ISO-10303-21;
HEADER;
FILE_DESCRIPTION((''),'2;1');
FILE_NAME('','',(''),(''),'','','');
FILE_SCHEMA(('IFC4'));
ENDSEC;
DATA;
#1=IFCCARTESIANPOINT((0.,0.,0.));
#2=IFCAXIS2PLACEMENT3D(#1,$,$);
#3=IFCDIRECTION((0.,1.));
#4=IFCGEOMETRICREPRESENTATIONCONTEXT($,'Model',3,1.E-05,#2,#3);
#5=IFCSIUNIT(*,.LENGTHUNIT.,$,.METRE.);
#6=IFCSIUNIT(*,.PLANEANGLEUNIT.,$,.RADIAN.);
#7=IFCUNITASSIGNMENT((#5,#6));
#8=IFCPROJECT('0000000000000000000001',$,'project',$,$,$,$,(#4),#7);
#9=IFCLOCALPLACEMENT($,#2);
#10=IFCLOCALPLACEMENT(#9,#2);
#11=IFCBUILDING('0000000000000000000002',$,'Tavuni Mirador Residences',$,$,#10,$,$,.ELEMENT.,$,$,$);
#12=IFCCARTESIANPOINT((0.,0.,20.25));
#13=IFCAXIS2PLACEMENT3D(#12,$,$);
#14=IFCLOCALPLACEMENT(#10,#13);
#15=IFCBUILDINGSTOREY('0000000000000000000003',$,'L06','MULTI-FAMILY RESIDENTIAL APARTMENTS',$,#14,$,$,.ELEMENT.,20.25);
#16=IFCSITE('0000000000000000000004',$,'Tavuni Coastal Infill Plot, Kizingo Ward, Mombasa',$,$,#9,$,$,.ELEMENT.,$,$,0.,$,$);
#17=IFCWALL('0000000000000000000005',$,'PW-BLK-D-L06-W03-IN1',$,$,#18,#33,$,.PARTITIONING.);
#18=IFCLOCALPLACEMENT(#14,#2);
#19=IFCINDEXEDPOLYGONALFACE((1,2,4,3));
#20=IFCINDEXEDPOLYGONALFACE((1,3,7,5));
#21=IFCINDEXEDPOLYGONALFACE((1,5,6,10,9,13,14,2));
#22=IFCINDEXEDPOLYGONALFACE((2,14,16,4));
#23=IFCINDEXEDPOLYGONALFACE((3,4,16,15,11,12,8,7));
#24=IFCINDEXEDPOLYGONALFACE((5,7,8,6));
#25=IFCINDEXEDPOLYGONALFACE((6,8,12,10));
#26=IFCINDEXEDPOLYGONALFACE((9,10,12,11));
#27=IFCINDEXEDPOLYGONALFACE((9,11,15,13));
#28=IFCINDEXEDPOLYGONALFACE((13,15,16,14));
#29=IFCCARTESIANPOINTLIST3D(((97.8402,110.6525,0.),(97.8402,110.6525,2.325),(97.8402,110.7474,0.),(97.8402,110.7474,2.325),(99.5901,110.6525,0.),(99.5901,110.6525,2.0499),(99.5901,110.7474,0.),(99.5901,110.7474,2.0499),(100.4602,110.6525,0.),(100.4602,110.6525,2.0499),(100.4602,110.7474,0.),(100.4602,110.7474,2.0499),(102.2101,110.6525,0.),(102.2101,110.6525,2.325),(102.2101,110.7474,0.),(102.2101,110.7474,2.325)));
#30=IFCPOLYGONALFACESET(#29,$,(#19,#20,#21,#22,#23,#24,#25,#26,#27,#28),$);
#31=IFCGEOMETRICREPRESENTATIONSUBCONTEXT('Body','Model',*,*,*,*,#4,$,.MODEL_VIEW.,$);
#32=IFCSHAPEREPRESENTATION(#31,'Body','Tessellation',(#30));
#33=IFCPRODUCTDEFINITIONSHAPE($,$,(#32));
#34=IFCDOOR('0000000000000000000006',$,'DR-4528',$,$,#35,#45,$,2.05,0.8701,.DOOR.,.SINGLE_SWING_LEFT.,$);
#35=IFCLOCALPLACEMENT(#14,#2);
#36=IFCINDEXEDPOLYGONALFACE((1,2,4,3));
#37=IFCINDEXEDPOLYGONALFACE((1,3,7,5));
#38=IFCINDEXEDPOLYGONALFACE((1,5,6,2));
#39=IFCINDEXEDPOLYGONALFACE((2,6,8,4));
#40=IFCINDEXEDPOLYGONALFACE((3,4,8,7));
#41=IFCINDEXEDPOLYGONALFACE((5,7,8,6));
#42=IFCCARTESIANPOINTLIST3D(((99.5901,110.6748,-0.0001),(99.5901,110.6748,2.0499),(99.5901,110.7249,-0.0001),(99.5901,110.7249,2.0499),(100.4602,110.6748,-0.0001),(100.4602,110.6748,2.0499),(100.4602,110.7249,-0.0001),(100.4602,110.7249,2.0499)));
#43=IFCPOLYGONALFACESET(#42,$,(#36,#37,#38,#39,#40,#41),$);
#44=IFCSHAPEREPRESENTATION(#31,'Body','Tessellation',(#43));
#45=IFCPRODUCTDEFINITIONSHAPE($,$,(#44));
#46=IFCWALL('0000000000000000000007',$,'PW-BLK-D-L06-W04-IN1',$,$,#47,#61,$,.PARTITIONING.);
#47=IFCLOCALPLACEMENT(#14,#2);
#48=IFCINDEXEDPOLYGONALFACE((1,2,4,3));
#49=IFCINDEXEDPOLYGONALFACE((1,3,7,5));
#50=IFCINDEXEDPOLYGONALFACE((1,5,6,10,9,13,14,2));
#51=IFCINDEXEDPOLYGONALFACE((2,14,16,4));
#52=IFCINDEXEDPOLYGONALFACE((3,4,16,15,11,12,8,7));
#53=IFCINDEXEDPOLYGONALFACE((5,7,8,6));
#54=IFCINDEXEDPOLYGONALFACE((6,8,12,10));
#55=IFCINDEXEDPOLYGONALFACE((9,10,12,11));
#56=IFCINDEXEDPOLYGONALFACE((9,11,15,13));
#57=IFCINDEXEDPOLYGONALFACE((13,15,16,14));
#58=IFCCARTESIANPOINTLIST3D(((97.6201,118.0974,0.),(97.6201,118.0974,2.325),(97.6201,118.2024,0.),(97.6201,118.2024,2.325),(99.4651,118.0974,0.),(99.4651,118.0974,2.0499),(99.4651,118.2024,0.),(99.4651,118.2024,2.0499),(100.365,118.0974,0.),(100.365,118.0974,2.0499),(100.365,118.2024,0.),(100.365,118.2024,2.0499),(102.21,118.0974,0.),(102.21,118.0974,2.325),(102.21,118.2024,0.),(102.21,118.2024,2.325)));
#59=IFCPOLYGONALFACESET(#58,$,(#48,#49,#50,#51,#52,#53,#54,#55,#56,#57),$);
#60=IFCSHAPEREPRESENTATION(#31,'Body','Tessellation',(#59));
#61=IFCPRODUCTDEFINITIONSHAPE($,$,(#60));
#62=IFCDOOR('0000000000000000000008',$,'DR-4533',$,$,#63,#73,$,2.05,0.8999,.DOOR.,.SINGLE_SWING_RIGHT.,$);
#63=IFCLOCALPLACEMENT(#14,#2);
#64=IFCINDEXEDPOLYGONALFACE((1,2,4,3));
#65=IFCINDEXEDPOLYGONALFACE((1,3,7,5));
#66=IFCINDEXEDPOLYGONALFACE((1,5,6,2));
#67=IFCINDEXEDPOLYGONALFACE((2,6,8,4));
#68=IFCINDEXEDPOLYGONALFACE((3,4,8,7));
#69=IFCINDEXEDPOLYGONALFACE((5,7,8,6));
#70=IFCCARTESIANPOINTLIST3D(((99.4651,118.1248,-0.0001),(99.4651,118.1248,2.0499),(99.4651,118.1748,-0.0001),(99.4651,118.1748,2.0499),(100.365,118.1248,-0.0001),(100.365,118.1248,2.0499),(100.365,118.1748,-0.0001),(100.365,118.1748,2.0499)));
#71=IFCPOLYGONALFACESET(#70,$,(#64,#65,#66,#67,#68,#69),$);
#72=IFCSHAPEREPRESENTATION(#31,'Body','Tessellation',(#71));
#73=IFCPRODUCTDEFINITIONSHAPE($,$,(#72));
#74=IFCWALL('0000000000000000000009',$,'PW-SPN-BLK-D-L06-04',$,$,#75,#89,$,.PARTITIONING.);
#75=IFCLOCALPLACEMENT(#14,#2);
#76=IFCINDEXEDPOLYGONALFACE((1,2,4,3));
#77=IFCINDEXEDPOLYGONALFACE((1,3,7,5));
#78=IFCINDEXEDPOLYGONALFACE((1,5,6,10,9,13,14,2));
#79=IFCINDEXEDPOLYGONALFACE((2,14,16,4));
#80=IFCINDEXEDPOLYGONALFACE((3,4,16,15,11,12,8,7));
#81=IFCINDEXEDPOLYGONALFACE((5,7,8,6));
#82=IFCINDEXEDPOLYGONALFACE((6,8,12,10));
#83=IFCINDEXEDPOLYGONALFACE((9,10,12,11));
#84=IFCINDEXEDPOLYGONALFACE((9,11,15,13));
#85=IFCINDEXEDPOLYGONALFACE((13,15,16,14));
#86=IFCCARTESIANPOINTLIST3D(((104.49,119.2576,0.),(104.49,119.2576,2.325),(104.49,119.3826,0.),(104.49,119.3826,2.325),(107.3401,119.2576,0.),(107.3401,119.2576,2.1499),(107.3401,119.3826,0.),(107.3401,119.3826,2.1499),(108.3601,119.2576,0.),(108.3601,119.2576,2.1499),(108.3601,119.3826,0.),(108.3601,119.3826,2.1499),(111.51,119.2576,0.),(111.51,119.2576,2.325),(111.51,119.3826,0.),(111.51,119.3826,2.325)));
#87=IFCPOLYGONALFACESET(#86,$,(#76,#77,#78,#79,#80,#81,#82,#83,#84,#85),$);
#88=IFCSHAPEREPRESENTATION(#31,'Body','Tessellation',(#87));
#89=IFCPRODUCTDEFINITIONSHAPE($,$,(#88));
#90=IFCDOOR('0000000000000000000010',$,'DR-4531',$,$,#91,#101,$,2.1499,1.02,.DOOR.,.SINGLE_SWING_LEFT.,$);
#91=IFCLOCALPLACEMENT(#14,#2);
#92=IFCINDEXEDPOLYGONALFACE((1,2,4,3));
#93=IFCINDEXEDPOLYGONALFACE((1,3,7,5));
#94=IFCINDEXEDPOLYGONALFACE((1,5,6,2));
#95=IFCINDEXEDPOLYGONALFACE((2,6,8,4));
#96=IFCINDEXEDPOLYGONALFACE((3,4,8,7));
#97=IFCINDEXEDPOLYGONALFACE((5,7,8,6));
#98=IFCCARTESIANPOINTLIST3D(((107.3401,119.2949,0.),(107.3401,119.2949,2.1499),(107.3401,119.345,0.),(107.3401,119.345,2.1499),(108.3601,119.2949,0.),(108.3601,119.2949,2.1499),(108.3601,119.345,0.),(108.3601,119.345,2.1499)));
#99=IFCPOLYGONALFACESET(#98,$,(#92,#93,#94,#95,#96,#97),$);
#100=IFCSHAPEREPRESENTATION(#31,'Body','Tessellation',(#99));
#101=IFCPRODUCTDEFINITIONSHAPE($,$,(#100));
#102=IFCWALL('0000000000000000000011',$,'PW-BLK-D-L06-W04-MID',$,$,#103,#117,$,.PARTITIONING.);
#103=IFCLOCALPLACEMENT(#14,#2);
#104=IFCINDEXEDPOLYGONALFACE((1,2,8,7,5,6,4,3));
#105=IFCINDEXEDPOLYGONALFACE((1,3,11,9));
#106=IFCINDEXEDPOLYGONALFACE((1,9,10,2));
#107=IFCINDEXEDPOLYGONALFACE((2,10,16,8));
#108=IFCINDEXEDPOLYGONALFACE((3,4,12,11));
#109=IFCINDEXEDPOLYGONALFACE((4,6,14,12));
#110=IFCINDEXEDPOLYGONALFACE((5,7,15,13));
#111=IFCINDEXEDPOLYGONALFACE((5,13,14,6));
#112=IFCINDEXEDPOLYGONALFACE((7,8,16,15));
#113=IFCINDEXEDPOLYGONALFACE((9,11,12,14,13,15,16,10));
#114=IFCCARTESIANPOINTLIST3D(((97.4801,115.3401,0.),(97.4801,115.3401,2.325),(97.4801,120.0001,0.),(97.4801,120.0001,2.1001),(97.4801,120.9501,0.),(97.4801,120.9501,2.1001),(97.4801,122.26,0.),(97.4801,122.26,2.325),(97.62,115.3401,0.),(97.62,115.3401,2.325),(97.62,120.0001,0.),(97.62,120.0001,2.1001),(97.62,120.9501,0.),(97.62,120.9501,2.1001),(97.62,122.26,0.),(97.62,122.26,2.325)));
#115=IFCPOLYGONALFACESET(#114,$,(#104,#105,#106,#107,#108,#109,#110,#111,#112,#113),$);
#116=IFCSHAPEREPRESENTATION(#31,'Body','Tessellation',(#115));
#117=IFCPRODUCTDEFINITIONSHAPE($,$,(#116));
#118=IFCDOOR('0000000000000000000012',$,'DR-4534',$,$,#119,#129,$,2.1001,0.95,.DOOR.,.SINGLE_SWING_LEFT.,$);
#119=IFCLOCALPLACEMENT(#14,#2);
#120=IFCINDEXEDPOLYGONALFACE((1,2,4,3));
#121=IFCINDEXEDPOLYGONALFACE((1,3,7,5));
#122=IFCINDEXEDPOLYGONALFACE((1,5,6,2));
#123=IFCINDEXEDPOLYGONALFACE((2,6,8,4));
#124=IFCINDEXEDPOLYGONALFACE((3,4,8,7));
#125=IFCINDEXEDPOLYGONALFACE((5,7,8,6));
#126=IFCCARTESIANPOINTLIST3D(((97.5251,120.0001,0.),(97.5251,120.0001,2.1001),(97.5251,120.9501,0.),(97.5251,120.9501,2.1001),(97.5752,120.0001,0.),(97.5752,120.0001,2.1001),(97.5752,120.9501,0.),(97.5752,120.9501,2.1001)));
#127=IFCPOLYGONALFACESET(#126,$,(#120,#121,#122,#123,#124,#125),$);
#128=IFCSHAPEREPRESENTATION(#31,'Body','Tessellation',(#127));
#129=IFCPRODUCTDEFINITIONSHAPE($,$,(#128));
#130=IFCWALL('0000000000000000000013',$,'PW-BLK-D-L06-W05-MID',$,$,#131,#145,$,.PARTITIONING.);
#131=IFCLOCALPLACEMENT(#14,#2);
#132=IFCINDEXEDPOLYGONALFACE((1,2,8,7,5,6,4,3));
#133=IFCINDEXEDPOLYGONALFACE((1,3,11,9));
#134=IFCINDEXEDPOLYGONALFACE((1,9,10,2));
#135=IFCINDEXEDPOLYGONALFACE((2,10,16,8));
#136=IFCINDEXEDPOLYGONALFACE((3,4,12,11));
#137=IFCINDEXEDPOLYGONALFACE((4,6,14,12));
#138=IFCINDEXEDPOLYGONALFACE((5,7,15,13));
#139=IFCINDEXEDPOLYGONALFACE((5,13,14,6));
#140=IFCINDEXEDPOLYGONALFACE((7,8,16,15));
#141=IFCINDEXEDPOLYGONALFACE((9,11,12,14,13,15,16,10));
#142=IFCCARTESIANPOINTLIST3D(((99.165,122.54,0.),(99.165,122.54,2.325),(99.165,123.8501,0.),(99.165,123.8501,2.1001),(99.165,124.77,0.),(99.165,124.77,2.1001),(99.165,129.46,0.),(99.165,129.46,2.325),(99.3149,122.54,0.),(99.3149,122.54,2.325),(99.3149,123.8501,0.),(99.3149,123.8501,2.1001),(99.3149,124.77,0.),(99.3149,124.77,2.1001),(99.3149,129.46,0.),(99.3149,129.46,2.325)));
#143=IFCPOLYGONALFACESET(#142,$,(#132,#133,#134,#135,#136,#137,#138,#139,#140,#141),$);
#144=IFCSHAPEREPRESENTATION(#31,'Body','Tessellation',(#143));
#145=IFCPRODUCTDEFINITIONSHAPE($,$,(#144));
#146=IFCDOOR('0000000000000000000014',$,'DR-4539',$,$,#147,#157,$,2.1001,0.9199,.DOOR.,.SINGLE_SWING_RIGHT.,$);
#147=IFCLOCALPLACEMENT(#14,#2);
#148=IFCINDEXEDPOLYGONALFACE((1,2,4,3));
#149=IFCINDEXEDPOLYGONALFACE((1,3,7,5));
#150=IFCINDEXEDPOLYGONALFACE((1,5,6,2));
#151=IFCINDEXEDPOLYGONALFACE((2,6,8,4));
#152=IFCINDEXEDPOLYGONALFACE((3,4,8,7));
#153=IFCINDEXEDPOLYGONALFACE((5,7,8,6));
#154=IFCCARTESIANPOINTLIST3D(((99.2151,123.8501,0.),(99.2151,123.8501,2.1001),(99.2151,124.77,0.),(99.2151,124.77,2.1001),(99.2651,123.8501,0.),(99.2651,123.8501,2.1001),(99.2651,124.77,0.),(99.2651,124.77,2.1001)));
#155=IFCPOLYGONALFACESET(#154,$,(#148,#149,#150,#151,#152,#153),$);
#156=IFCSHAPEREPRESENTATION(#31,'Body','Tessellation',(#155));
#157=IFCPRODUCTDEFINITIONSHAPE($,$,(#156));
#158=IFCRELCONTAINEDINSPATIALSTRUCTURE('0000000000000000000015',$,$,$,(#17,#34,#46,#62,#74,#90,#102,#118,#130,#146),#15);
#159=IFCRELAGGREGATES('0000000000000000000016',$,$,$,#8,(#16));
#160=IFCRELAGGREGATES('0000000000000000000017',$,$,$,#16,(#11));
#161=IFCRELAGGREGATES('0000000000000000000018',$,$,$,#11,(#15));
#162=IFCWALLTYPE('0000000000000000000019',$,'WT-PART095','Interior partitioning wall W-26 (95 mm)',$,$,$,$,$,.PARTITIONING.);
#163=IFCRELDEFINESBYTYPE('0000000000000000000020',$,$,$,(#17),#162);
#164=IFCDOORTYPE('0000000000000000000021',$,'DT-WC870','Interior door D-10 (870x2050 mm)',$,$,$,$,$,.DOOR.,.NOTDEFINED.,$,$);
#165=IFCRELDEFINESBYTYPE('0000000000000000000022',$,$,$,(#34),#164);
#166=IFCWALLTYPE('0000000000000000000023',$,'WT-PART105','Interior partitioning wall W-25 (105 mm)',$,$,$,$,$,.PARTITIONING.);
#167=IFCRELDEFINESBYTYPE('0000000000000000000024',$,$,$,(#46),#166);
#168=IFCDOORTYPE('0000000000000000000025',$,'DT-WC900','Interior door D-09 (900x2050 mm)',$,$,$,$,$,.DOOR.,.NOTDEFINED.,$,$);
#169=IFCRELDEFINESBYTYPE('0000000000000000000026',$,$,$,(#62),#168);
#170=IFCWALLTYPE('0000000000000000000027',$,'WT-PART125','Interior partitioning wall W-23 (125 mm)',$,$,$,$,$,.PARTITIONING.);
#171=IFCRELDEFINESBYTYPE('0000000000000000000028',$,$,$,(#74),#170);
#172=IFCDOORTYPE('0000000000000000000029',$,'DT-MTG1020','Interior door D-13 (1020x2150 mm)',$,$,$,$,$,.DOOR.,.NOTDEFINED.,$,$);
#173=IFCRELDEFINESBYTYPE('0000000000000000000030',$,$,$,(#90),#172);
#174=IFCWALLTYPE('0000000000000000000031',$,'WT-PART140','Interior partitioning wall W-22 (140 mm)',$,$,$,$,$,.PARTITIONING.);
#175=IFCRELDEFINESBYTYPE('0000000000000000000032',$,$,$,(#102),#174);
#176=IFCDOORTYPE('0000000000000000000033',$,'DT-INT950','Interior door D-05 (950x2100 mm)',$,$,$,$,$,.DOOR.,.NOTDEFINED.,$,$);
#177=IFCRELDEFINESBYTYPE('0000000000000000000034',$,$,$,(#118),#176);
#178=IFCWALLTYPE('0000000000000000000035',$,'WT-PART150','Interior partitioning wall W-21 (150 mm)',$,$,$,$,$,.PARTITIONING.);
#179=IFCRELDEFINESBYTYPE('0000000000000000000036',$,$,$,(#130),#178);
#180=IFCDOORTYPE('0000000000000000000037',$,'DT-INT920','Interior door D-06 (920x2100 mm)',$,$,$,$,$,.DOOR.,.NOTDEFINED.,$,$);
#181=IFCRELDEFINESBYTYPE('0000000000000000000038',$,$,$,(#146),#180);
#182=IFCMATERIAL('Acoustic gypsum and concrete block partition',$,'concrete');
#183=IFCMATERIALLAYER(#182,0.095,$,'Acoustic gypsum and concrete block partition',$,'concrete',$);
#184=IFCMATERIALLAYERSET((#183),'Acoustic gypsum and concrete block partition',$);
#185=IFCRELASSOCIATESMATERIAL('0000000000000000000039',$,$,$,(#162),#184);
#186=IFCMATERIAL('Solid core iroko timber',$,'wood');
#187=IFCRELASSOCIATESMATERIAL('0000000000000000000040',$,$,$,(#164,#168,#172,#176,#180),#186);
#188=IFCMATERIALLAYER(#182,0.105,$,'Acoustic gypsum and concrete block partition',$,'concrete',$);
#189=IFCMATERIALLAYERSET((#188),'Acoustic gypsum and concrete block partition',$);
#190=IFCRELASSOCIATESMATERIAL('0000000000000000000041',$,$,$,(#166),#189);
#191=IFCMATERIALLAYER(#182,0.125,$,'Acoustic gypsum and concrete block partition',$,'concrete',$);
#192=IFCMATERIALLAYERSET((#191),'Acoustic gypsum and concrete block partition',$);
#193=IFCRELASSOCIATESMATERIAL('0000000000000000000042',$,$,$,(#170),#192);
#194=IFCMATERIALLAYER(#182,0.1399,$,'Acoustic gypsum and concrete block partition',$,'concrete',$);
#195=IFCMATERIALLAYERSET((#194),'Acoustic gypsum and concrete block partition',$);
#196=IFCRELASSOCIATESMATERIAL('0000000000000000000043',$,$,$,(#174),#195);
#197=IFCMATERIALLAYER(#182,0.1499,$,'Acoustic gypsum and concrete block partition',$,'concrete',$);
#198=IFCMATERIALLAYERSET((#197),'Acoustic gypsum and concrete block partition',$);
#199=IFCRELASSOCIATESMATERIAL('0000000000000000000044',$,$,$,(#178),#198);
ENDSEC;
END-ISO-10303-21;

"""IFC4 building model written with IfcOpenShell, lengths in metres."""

from ifc_helpers import new_model, si_unit, direction, frame, frame_2d, origin, place, context, subcontext, project, spatial, rectangle, extrude, material, layer, layer_set, type_object, element, fill, save


model = new_model("IFC4")

# Units and contexts
model_context = context("Model", 3, precision=1e-05, world=origin(), true_north=direction((0.0, 1.0)))
body_context = subcontext(model_context, "Body", "Model", "MODEL_VIEW")
ifc_project = project(units=[si_unit("LENGTHUNIT", "METRE"), si_unit("PLANEANGLEUNIT", "RADIAN")], contexts=[model_context])

# Site, building, storey
site_placement = place(None, origin())
site = spatial("IfcSite", under=ifc_project, at=site_placement, Name="Tavuni Coastal Infill Plot, Kizingo Ward, Mombasa", CompositionType="ELEMENT", RefElevation=0.0)
building_placement = place(site_placement, origin())
building = spatial("IfcBuilding", under=site, at=building_placement, Name="Tavuni Mirador Residences", CompositionType="ELEMENT")
storey_placement = place(building_placement, frame((0.0, 0.0, 20.25)))
storey = spatial("IfcBuildingStorey", under=building, at=storey_placement, Name="L06", Description="MULTI-FAMILY RESIDENTIAL APARTMENTS", CompositionType="ELEMENT", Elevation=20.25)

# Walls, openings, doors
ifc_material_1 = material(Name="Solid core iroko timber", Category="wood")
ifc_material_2 = material(Name="Acoustic gypsum and concrete block partition", Category="concrete")
ifc_layer_1 = layer(ifc_material_2, 0.095, Name="Acoustic gypsum and concrete block partition", Category="concrete")
ifc_layer_set_1 = layer_set([ifc_layer_1], Name="Acoustic gypsum and concrete block partition")
wall_type_1 = type_object("IfcWallType", Name="WT-PART095", Description="Interior partitioning wall W-26 (95 mm)", PredefinedType="PARTITIONING", material=ifc_layer_set_1)
wall_1_placement = place(storey_placement, frame((97.8401, 110.7, 0.0), z_axis=(0.0, 0.0, 1.0), x_axis=(1.0, 0.0, 0.0)))
wall_1 = element("IfcWall", 1, at=wall_1_placement, inside=storey, type_object=wall_type_1, Name="PW-BLK-D-L06-W03-IN1", PredefinedType="PARTITIONING", context=body_context, shape_type="SweptSolid", body=[
    extrude(rectangle(XDim=4.3699, YDim=0.095, at=frame_2d((2.1851, 0.0))), origin(), (0.0, 0.0, 1.0), 2.325),
])
opening_1_placement = place(wall_1_placement, frame((1.75, 0.0, 0.0)))
opening_1 = element("IfcOpeningElement", 2, at=opening_1_placement, cuts=wall_1, PredefinedType="OPENING", context=body_context, shape_type="SweptSolid", body=[
    extrude(rectangle(XDim=0.8701, YDim=2.05, at=frame_2d((0.4351, 1.0249))), frame((0.0, 0.0576, 0.0), z_axis=(0.0, -1.0, 0.0), x_axis=(1.0, 0.0, 0.0)), (0.0, 0.0, 1.0), 0.115),
])
door_type_1 = type_object("IfcDoorType", Name="DT-WC870", Description="Interior door D-10 (870x2050 mm)", OperationType="NOTDEFINED", PredefinedType="DOOR", material=ifc_material_1)
door_1_placement = place(opening_1_placement, origin())
door_1 = element("IfcDoor", 3, at=door_1_placement, inside=storey, type_object=door_type_1, Name="DR-4528", OperationType="SINGLE_SWING_LEFT", OverallHeight=2.05, OverallWidth=0.8701, PredefinedType="DOOR", context=body_context, shape_type="SweptSolid", body=[
    extrude(rectangle(XDim=0.8701, YDim=2.05, at=frame_2d((0.4351, 1.0249))), frame((0.0, 0.0249, 0.0), z_axis=(0.0, -1.0, 0.0), x_axis=(1.0, 0.0, 0.0)), (0.0, 0.0, 1.0), 0.05),
])
fill(opening_1, door_1)
ifc_layer_2 = layer(ifc_material_2, 0.105, Name="Acoustic gypsum and concrete block partition", Category="concrete")
ifc_layer_set_2 = layer_set([ifc_layer_2], Name="Acoustic gypsum and concrete block partition")
wall_type_2 = type_object("IfcWallType", Name="WT-PART105", Description="Interior partitioning wall W-25 (105 mm)", PredefinedType="PARTITIONING", material=ifc_layer_set_2)
wall_2_placement = place(storey_placement, frame((97.6201, 118.1499, 0.0), z_axis=(0.0, 0.0, 1.0), x_axis=(1.0, 0.0, 0.0)))
wall_2 = element("IfcWall", 4, at=wall_2_placement, inside=storey, type_object=wall_type_2, Name="PW-BLK-D-L06-W04-IN1", PredefinedType="PARTITIONING", context=body_context, shape_type="SweptSolid", body=[
    extrude(rectangle(XDim=4.5898, YDim=0.105, at=frame_2d((2.2949, 0.0))), origin(), (0.0, 0.0, 1.0), 2.325),
])
opening_2_placement = place(wall_2_placement, frame((1.845, 0.0, 0.0)))
opening_2 = element("IfcOpeningElement", 5, at=opening_2_placement, cuts=wall_2, PredefinedType="OPENING", context=body_context, shape_type="SweptSolid", body=[
    extrude(rectangle(XDim=0.8999, YDim=2.05, at=frame_2d((0.45, 1.0249))), frame((0.0, 0.0625, 0.0), z_axis=(0.0, -1.0, 0.0), x_axis=(1.0, 0.0, 0.0)), (0.0, 0.0, 1.0), 0.125),
])
door_type_2 = type_object("IfcDoorType", Name="DT-WC900", Description="Interior door D-09 (900x2050 mm)", OperationType="NOTDEFINED", PredefinedType="DOOR", material=ifc_material_1)
door_2_placement = place(opening_2_placement, origin())
door_2 = element("IfcDoor", 6, at=door_2_placement, inside=storey, type_object=door_type_2, Name="DR-4533", OperationType="SINGLE_SWING_RIGHT", OverallHeight=2.05, OverallWidth=0.8999, PredefinedType="DOOR", context=body_context, shape_type="SweptSolid", body=[
    extrude(rectangle(XDim=0.8999, YDim=2.05, at=frame_2d((0.45, 1.0249))), frame((0.0, 0.0249, 0.0), z_axis=(0.0, -1.0, 0.0), x_axis=(1.0, 0.0, 0.0)), (0.0, 0.0, 1.0), 0.05),
])
fill(opening_2, door_2)
ifc_layer_3 = layer(ifc_material_2, 0.125, Name="Acoustic gypsum and concrete block partition", Category="concrete")
ifc_layer_set_3 = layer_set([ifc_layer_3], Name="Acoustic gypsum and concrete block partition")
wall_type_3 = type_object("IfcWallType", Name="WT-PART125", Description="Interior partitioning wall W-23 (125 mm)", PredefinedType="PARTITIONING", material=ifc_layer_set_3)
wall_3_placement = place(storey_placement, frame((104.49, 119.3201, 0.0), z_axis=(0.0, 0.0, 1.0), x_axis=(1.0, 0.0, 0.0)))
wall_3 = element("IfcWall", 7, at=wall_3_placement, inside=storey, type_object=wall_type_3, Name="PW-SPN-BLK-D-L06-04", PredefinedType="PARTITIONING", context=body_context, shape_type="SweptSolid", body=[
    extrude(rectangle(XDim=7.02, YDim=0.125, at=frame_2d((3.51, 0.0))), origin(), (0.0, 0.0, 1.0), 2.325),
])
opening_3_placement = place(wall_3_placement, frame((2.8501, 0.0, 0.0)))
opening_3 = element("IfcOpeningElement", 8, at=opening_3_placement, cuts=wall_3, PredefinedType="OPENING", context=body_context, shape_type="SweptSolid", body=[
    extrude(rectangle(XDim=1.02, YDim=2.1499, at=frame_2d((0.51, 1.075))), frame((0.0, 0.0725, 0.0), z_axis=(0.0, -1.0, 0.0), x_axis=(1.0, 0.0, 0.0)), (0.0, 0.0, 1.0), 0.145),
])
door_type_3 = type_object("IfcDoorType", Name="DT-MTG1020", Description="Interior door D-13 (1020x2150 mm)", OperationType="NOTDEFINED", PredefinedType="DOOR", material=ifc_material_1)
door_3_placement = place(opening_3_placement, origin())
door_3 = element("IfcDoor", 9, at=door_3_placement, inside=storey, type_object=door_type_3, Name="DR-4531", OperationType="SINGLE_SWING_LEFT", OverallHeight=2.1499, OverallWidth=1.02, PredefinedType="DOOR", context=body_context, shape_type="SweptSolid", body=[
    extrude(rectangle(XDim=1.02, YDim=2.1499, at=frame_2d((0.51, 1.075))), frame((0.0, 0.0249, 0.0), z_axis=(0.0, -1.0, 0.0), x_axis=(1.0, 0.0, 0.0)), (0.0, 0.0, 1.0), 0.05),
])
fill(opening_3, door_3)
ifc_layer_4 = layer(ifc_material_2, 0.1399, Name="Acoustic gypsum and concrete block partition", Category="concrete")
ifc_layer_set_4 = layer_set([ifc_layer_4], Name="Acoustic gypsum and concrete block partition")
wall_type_4 = type_object("IfcWallType", Name="WT-PART140", Description="Interior partitioning wall W-22 (140 mm)", PredefinedType="PARTITIONING", material=ifc_layer_set_4)
wall_4_placement = place(storey_placement, frame((97.55, 115.3401, 0.0), z_axis=(0.0, 0.0, 1.0), x_axis=(0.0, 1.0, 0.0)))
wall_4 = element("IfcWall", 10, at=wall_4_placement, inside=storey, type_object=wall_type_4, Name="PW-BLK-D-L06-W04-MID", PredefinedType="PARTITIONING", context=body_context, shape_type="SweptSolid", body=[
    extrude(rectangle(XDim=6.9199, YDim=0.1399, at=frame_2d((3.46, 0.0))), origin(), (0.0, 0.0, 1.0), 2.325),
])
opening_4_placement = place(wall_4_placement, frame((4.6599, 0.0, 0.0)))
opening_4 = element("IfcOpeningElement", 11, at=opening_4_placement, cuts=wall_4, PredefinedType="OPENING", context=body_context, shape_type="SweptSolid", body=[
    extrude(rectangle(XDim=0.95, YDim=2.1001, at=frame_2d((0.4751, 1.05))), frame((0.0, 0.0801, 0.0), z_axis=(0.0, -1.0, 0.0), x_axis=(1.0, 0.0, 0.0)), (0.0, 0.0, 1.0), 0.1599),
])
door_type_4 = type_object("IfcDoorType", Name="DT-INT950", Description="Interior door D-05 (950x2100 mm)", OperationType="NOTDEFINED", PredefinedType="DOOR", material=ifc_material_1)
door_4_placement = place(opening_4_placement, origin())
door_4 = element("IfcDoor", 12, at=door_4_placement, inside=storey, type_object=door_type_4, Name="DR-4534", OperationType="SINGLE_SWING_LEFT", OverallHeight=2.1001, OverallWidth=0.95, PredefinedType="DOOR", context=body_context, shape_type="SweptSolid", body=[
    extrude(rectangle(XDim=0.95, YDim=2.1001, at=frame_2d((0.4751, 1.05))), frame((0.0, 0.0249, 0.0), z_axis=(0.0, -1.0, 0.0), x_axis=(1.0, 0.0, 0.0)), (0.0, 0.0, 1.0), 0.05),
])
fill(opening_4, door_4)
ifc_layer_5 = layer(ifc_material_2, 0.1499, Name="Acoustic gypsum and concrete block partition", Category="concrete")
ifc_layer_set_5 = layer_set([ifc_layer_5], Name="Acoustic gypsum and concrete block partition")
wall_type_5 = type_object("IfcWallType", Name="WT-PART150", Description="Interior partitioning wall W-21 (150 mm)", PredefinedType="PARTITIONING", material=ifc_layer_set_5)
wall_5_placement = place(storey_placement, frame((99.24, 122.54, 0.0), z_axis=(0.0, 0.0, 1.0), x_axis=(0.0, 1.0, 0.0)))
wall_5 = element("IfcWall", 13, at=wall_5_placement, inside=storey, type_object=wall_type_5, Name="PW-BLK-D-L06-W05-MID", PredefinedType="PARTITIONING", context=body_context, shape_type="SweptSolid", body=[
    extrude(rectangle(XDim=6.9199, YDim=0.1499, at=frame_2d((3.46, 0.0))), origin(), (0.0, 0.0, 1.0), 2.325),
])
opening_5_placement = place(wall_5_placement, frame((1.3101, 0.0, 0.0)))
opening_5 = element("IfcOpeningElement", 14, at=opening_5_placement, cuts=wall_5, PredefinedType="OPENING", context=body_context, shape_type="SweptSolid", body=[
    extrude(rectangle(XDim=0.9199, YDim=2.1001, at=frame_2d((0.46, 1.05))), frame((0.0, 0.085, 0.0), z_axis=(0.0, -1.0, 0.0), x_axis=(1.0, 0.0, 0.0)), (0.0, 0.0, 1.0), 0.1699),
])
door_type_5 = type_object("IfcDoorType", Name="DT-INT920", Description="Interior door D-06 (920x2100 mm)", OperationType="NOTDEFINED", PredefinedType="DOOR", material=ifc_material_1)
door_5_placement = place(opening_5_placement, origin())
door_5 = element("IfcDoor", 15, at=door_5_placement, inside=storey, type_object=door_type_5, Name="DR-4539", OperationType="SINGLE_SWING_RIGHT", OverallHeight=2.1001, OverallWidth=0.9199, PredefinedType="DOOR", context=body_context, shape_type="SweptSolid", body=[
    extrude(rectangle(XDim=0.9199, YDim=2.1001, at=frame_2d((0.46, 1.05))), frame((0.0, 0.0249, 0.0), z_axis=(0.0, -1.0, 0.0), x_axis=(1.0, 0.0, 0.0)), (0.0, 0.0, 1.0), 0.05),
])
fill(opening_5, door_5)

save(model, "model.ifc")
